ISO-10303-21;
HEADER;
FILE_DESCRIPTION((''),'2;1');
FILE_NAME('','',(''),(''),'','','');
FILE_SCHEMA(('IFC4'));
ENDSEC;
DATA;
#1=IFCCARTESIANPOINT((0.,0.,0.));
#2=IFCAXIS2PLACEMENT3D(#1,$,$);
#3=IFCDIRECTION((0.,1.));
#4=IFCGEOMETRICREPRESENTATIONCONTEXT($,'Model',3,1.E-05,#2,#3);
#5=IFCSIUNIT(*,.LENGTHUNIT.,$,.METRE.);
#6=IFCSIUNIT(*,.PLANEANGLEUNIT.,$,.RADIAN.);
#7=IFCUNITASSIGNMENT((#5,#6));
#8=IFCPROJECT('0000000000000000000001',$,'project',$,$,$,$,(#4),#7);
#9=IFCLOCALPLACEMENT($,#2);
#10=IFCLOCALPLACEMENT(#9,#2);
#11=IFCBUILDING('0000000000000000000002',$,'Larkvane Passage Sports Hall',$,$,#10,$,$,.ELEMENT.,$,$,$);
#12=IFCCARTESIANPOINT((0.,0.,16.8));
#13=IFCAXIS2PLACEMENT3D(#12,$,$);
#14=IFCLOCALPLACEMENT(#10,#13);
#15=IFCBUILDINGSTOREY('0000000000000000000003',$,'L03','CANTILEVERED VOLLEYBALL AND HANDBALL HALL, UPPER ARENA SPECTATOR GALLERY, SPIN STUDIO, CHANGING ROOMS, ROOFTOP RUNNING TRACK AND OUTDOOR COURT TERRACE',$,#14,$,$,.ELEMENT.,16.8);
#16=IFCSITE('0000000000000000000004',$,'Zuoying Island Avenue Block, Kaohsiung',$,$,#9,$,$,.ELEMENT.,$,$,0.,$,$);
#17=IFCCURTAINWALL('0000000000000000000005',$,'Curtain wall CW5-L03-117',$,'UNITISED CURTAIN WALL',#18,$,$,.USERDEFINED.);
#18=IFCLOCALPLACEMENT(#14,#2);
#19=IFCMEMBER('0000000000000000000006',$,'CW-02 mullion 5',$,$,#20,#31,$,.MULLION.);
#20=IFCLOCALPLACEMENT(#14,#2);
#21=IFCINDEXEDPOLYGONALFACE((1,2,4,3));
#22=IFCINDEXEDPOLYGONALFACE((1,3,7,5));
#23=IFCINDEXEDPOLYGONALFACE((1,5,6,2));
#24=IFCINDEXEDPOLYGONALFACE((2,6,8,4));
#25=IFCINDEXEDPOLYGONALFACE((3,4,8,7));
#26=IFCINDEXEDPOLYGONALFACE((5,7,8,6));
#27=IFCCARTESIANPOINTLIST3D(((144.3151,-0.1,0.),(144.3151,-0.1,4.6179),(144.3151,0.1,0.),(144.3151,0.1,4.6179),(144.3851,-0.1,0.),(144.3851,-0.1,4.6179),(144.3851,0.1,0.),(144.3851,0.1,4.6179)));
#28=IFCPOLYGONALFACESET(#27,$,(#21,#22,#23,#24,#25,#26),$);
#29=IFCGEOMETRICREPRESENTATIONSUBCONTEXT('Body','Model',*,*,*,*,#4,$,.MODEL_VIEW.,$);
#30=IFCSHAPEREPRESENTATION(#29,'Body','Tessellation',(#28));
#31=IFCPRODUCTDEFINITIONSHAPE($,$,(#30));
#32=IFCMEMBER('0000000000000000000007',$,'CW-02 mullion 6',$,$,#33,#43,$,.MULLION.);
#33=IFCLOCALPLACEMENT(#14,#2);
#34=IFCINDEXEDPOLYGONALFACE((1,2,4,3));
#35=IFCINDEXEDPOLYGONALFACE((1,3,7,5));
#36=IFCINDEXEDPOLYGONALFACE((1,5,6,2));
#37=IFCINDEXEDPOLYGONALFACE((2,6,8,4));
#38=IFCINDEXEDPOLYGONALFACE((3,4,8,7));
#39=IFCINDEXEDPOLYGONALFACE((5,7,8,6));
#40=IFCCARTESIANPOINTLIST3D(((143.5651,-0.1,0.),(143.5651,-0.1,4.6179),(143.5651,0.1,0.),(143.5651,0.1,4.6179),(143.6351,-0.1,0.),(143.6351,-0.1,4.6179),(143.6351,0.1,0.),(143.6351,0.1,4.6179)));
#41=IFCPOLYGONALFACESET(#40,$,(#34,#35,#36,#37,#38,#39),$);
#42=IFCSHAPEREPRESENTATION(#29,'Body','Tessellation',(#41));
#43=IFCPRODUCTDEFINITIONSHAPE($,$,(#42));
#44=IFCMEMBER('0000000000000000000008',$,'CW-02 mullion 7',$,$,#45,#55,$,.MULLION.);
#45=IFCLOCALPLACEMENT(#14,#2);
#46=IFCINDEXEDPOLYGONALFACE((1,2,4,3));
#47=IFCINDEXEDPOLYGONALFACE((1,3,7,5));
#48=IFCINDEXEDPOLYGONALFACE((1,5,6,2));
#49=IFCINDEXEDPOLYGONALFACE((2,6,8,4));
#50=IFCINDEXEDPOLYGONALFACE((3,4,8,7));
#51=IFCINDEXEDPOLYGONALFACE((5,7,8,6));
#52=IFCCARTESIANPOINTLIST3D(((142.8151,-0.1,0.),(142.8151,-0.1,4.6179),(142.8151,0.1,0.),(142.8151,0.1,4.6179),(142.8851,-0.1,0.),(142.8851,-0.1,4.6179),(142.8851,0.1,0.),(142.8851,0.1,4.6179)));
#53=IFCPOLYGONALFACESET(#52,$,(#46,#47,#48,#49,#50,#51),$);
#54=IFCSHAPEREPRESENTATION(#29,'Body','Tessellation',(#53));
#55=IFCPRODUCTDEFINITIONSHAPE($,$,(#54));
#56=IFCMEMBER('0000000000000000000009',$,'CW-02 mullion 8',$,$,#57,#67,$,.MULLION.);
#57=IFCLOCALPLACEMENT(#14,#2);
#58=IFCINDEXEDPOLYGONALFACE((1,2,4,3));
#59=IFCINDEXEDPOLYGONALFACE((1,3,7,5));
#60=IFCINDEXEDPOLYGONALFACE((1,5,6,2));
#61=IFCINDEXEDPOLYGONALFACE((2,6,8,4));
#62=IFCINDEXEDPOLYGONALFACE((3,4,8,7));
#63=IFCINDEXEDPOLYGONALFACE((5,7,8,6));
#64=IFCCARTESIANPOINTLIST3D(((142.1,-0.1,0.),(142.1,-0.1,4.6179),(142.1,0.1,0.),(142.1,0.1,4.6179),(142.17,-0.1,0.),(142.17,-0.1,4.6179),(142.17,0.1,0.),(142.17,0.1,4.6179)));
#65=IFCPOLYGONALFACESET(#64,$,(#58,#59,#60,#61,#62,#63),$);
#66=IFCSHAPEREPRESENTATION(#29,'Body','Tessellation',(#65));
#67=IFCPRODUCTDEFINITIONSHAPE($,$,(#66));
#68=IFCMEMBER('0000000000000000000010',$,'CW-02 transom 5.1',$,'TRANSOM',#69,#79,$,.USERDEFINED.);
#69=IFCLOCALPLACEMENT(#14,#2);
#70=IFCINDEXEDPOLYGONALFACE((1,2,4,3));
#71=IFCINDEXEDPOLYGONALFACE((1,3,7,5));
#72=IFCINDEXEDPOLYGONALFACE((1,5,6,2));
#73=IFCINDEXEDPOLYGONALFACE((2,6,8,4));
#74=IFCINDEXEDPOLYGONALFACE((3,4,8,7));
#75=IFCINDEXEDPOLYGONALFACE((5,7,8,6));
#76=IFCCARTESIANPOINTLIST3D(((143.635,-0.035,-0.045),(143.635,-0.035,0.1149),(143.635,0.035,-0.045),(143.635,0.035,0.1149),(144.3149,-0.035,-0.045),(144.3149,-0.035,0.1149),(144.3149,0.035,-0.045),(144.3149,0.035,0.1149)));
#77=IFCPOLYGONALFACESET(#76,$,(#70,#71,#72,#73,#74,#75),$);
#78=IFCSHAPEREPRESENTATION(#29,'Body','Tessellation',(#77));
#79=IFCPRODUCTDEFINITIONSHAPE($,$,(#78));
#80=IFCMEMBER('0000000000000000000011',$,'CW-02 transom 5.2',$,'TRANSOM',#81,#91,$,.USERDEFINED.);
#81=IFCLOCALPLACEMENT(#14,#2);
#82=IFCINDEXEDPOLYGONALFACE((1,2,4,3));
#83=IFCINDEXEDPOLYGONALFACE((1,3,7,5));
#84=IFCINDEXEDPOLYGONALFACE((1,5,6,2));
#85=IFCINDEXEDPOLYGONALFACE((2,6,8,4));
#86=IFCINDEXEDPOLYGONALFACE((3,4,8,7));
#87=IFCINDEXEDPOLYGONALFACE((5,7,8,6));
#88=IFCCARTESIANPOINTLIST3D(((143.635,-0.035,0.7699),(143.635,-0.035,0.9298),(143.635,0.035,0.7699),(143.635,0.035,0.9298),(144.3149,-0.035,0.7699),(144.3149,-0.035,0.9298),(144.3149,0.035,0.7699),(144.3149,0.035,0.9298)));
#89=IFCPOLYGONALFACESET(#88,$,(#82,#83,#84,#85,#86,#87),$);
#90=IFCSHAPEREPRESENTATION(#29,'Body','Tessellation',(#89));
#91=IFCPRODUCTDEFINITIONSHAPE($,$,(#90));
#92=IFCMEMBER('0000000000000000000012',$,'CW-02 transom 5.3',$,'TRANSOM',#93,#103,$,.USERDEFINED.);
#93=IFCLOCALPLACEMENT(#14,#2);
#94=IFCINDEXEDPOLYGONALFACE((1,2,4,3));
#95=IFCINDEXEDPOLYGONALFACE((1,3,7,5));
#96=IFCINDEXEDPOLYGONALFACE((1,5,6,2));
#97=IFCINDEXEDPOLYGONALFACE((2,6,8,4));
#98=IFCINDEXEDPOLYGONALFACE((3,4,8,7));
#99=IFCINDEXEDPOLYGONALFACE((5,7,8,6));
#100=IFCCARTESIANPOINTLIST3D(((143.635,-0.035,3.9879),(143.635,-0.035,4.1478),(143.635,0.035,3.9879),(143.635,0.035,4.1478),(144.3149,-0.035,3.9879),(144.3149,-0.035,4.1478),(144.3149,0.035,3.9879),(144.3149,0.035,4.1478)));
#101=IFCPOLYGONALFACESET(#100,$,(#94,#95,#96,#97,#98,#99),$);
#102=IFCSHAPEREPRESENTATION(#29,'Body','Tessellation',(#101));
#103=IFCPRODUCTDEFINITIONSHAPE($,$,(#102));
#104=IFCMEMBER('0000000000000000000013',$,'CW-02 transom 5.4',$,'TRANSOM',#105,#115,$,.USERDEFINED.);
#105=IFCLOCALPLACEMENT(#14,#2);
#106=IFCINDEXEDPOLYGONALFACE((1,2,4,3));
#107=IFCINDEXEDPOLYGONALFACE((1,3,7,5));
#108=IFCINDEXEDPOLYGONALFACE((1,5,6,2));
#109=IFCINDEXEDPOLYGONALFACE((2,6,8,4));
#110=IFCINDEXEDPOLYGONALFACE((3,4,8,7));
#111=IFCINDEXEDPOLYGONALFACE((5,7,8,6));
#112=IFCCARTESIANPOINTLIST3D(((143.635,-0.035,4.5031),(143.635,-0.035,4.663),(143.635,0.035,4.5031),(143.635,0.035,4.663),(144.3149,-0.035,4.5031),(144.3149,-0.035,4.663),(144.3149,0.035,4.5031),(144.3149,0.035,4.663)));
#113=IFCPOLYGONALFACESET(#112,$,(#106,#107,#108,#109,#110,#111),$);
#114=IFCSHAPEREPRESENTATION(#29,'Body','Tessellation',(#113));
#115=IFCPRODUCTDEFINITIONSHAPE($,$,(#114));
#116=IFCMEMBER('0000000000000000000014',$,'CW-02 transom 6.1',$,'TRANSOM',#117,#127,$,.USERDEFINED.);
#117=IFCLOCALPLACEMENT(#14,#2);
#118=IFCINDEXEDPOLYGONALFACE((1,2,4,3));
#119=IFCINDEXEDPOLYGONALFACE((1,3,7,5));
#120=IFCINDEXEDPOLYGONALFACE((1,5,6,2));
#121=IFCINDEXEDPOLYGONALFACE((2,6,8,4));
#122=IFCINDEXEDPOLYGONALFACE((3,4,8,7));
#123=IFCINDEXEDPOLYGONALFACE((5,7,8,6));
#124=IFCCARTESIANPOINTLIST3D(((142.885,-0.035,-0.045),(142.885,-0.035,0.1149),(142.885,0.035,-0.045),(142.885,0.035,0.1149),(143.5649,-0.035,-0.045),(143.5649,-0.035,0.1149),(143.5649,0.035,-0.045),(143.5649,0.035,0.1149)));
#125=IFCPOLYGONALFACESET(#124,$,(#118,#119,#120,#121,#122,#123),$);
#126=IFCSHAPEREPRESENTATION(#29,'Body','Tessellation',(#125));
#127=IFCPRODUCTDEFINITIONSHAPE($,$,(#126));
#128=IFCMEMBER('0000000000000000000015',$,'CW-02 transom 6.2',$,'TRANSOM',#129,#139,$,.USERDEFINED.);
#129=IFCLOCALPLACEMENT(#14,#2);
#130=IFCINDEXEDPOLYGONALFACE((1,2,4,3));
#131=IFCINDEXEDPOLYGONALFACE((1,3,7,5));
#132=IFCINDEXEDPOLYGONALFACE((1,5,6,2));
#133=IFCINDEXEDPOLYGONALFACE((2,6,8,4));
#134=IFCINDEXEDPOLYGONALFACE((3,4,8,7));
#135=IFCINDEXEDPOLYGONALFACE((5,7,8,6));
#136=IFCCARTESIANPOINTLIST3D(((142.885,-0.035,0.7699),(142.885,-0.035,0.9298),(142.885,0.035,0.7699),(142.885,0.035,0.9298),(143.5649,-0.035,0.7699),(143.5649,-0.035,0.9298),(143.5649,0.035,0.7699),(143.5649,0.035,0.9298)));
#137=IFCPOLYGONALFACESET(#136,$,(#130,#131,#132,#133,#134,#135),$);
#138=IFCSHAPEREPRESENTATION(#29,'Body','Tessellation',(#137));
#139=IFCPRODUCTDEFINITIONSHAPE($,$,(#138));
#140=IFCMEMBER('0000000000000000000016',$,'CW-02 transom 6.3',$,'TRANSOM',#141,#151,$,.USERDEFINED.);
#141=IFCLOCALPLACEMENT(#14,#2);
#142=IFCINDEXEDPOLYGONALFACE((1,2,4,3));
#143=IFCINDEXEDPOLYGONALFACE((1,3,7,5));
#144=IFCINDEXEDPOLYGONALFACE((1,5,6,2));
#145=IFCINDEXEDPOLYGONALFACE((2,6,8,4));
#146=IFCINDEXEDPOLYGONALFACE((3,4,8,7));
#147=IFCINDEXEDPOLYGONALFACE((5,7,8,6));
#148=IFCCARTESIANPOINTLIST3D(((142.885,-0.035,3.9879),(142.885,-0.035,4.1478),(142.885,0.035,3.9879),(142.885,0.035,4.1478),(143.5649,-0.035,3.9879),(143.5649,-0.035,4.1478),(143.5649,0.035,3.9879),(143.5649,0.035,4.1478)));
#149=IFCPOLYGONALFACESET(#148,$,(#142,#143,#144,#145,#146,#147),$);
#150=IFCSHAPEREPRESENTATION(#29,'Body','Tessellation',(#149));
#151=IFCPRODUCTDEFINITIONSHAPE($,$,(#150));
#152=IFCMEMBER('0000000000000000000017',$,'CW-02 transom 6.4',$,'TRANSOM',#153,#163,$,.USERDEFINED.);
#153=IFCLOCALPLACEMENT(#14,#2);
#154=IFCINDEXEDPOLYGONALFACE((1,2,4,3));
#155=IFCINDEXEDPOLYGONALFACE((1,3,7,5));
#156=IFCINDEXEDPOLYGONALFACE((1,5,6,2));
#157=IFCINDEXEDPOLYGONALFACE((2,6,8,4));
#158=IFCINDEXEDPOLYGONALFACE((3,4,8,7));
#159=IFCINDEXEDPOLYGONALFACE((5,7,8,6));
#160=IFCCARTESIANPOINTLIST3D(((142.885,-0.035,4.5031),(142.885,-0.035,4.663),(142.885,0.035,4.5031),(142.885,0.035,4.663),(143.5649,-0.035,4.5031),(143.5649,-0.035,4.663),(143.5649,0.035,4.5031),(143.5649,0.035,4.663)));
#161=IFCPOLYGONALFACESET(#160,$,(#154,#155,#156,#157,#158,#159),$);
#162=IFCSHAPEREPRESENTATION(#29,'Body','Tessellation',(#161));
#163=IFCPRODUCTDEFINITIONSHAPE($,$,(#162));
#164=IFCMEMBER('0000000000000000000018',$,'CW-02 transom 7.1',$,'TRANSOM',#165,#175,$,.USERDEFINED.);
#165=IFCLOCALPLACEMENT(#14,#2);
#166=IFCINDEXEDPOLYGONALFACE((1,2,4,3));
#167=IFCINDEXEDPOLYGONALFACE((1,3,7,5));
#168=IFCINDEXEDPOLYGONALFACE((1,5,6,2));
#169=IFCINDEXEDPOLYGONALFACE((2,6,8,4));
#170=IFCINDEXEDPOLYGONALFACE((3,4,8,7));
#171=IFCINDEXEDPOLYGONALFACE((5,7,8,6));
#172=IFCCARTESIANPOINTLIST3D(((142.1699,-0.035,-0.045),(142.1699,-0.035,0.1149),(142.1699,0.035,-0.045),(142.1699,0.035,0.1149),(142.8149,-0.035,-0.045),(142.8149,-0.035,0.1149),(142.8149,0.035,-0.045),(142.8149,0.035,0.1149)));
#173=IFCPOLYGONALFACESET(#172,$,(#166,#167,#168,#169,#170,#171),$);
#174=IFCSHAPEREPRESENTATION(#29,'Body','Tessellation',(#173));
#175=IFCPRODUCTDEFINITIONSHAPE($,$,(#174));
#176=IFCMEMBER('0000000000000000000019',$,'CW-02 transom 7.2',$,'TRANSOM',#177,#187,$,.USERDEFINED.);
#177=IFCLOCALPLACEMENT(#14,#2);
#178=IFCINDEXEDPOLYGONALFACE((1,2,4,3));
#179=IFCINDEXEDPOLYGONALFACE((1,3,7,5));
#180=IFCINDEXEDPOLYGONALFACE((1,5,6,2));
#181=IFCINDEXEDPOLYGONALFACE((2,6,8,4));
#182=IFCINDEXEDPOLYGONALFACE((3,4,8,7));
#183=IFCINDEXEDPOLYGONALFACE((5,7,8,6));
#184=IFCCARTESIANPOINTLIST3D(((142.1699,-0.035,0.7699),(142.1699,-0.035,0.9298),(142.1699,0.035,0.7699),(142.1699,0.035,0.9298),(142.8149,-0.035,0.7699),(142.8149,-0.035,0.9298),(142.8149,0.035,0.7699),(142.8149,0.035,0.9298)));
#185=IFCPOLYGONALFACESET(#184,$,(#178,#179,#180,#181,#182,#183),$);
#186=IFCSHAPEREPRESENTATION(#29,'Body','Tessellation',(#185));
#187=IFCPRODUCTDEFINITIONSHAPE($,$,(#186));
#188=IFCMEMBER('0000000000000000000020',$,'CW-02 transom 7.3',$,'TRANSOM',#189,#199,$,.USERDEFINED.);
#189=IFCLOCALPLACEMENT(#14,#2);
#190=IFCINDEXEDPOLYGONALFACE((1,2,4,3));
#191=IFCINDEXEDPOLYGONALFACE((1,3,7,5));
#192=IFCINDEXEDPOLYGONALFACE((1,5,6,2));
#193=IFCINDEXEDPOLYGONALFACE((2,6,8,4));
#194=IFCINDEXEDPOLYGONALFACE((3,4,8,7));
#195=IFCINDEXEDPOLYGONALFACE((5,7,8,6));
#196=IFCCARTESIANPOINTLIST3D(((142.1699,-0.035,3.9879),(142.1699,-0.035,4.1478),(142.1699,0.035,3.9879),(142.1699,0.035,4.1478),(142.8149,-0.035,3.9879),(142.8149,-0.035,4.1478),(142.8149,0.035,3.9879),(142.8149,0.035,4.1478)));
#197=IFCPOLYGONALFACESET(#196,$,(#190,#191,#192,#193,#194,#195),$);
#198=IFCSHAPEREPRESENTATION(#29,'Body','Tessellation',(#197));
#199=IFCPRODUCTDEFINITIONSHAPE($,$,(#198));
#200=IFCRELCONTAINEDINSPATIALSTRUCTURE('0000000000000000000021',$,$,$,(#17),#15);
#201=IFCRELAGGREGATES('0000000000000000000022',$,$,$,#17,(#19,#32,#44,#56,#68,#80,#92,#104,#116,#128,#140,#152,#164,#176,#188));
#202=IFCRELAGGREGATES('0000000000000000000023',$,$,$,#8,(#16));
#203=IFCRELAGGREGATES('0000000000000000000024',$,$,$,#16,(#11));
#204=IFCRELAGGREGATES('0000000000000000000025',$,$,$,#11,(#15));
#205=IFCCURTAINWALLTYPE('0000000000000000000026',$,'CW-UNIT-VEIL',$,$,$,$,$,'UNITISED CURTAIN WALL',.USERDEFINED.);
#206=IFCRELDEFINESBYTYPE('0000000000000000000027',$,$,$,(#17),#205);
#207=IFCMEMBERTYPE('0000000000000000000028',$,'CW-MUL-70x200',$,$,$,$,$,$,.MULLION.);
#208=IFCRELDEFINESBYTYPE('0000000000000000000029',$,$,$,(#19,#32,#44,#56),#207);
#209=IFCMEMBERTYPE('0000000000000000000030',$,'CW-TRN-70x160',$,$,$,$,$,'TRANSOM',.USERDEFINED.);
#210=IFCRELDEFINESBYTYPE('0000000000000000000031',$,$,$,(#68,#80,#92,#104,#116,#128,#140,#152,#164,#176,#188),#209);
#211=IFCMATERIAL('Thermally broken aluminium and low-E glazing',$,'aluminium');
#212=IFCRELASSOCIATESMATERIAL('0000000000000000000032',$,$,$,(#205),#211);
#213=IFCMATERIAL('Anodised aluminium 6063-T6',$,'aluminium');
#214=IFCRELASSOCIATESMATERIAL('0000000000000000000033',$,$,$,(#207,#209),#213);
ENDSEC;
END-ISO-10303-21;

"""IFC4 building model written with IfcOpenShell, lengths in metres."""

from ifc_helpers import new_model, si_unit, direction, frame, origin, origin_2d, place, context, subcontext, project, spatial, rectangle, extrude, material, material_profile, profile_set, type_object, element, aggregate, save


model = new_model("IFC4")

# Units and contexts
model_context = context("Model", 3, precision=1e-05, world=origin(), true_north=direction((0.0, 1.0)))
body_context = subcontext(model_context, "Body", "Model", "MODEL_VIEW")
ifc_project = project(units=[si_unit("LENGTHUNIT", "METRE"), si_unit("PLANEANGLEUNIT", "RADIAN")], contexts=[model_context])

# Site, building, storey
site_placement = place(None, origin())
site = spatial("IfcSite", under=ifc_project, at=site_placement, Name="Zuoying Island Avenue Block, Kaohsiung", CompositionType="ELEMENT", RefElevation=0.0)
building_placement = place(site_placement, origin())
building = spatial("IfcBuilding", under=site, at=building_placement, Name="Larkvane Passage Sports Hall", CompositionType="ELEMENT")
storey_placement = place(building_placement, frame((0.0, 0.0, 16.8)))
storey = spatial("IfcBuildingStorey", under=building, at=storey_placement, Name="L03", Description="CANTILEVERED VOLLEYBALL AND HANDBALL HALL, UPPER ARENA SPECTATOR GALLERY, SPIN STUDIO, CHANGING ROOMS, ROOFTOP RUNNING TRACK AND OUTDOOR COURT TERRACE", CompositionType="ELEMENT", Elevation=16.8)

# Curtain wall, members
ifc_material_1 = material(Name="Thermally broken aluminium and low-E glazing", Category="aluminium")
curtain_wall_type = type_object("IfcCurtainWallType", Name="CW-UNIT-VEIL", ElementType="UNITISED CURTAIN WALL", PredefinedType="USERDEFINED", material=ifc_material_1)
curtain_wall_placement = place(storey_placement, origin())
curtain_wall = element("IfcCurtainWall", 1, at=curtain_wall_placement, inside=storey, type_object=curtain_wall_type, Name="Curtain wall CW5-L03-117", ObjectType="UNITISED CURTAIN WALL", PredefinedType="USERDEFINED")
ifc_material_2 = material(Name="Anodised aluminium 6063-T6", Category="aluminium")
ifc_material_profile_1 = material_profile(ifc_material_2, rectangle(XDim=0.0701, YDim=0.2, at=origin_2d()), Name="ALU-MUL-70x200")
ifc_profile_set_1 = profile_set([ifc_material_profile_1], Name="Anodised aluminium 6063-T6")
member_type_1 = type_object("IfcMemberType", Name="CW-MUL-70x200", PredefinedType="MULLION", material=ifc_profile_set_1)
member_1_placement = place(storey_placement, frame((144.3501, 0.0, 0.0), z_axis=(0.0, 0.0, 1.0), x_axis=(-1.0, 0.0, 0.0)))
member_1 = element("IfcMember", 2, at=member_1_placement, type_object=member_type_1, Name="CW-02 mullion 5", PredefinedType="MULLION", context=body_context, shape_type="SweptSolid", body=[
    extrude(rectangle(XDim=0.0701, YDim=0.2, at=origin_2d()), origin(), (0.0, 0.0, 1.0), 4.6179),
])
member_2_placement = place(storey_placement, frame((143.6001, 0.0, 0.0), z_axis=(0.0, 0.0, 1.0), x_axis=(-1.0, 0.0, 0.0)))
member_2 = element("IfcMember", 3, at=member_2_placement, type_object=member_type_1, Name="CW-02 mullion 6", PredefinedType="MULLION", context=body_context, shape_type="SweptSolid", body=[
    extrude(rectangle(XDim=0.0701, YDim=0.2, at=origin_2d()), origin(), (0.0, 0.0, 1.0), 4.6179),
])
member_3_placement = place(storey_placement, frame((142.8501, 0.0, 0.0), z_axis=(0.0, 0.0, 1.0), x_axis=(-1.0, 0.0, 0.0)))
member_3 = element("IfcMember", 4, at=member_3_placement, type_object=member_type_1, Name="CW-02 mullion 7", PredefinedType="MULLION", context=body_context, shape_type="SweptSolid", body=[
    extrude(rectangle(XDim=0.0701, YDim=0.2, at=origin_2d()), origin(), (0.0, 0.0, 1.0), 4.6179),
])
member_4_placement = place(storey_placement, frame((142.135, 0.0, 0.0), z_axis=(0.0, 0.0, 1.0), x_axis=(-1.0, 0.0, 0.0)))
member_4 = element("IfcMember", 5, at=member_4_placement, type_object=member_type_1, Name="CW-02 mullion 8", PredefinedType="MULLION", context=body_context, shape_type="SweptSolid", body=[
    extrude(rectangle(XDim=0.0701, YDim=0.2, at=origin_2d()), origin(), (0.0, 0.0, 1.0), 4.6179),
])
ifc_material_profile_2 = material_profile(ifc_material_2, rectangle(XDim=0.0701, YDim=0.1599, at=origin_2d()), Name="ALU-TRN-70x160")
ifc_profile_set_2 = profile_set([ifc_material_profile_2], Name="Anodised aluminium 6063-T6")
member_type_2 = type_object("IfcMemberType", Name="CW-TRN-70x160", ElementType="TRANSOM", PredefinedType="USERDEFINED", material=ifc_profile_set_2)
member_5_placement = place(storey_placement, frame((144.3149, 0.0, 0.0349), z_axis=(-1.0, 0.0, 0.0), x_axis=(0.0, -1.0, 0.0)))
member_5 = element("IfcMember", 6, at=member_5_placement, type_object=member_type_2, Name="CW-02 transom 5.1", ObjectType="TRANSOM", PredefinedType="USERDEFINED", context=body_context, shape_type="SweptSolid", body=[
    extrude(rectangle(XDim=0.0701, YDim=0.1599, at=origin_2d()), origin(), (0.0, 0.0, 1.0), 0.6799),
])
member_6_placement = place(storey_placement, frame((144.3149, 0.0, 0.8499), z_axis=(-1.0, 0.0, 0.0), x_axis=(0.0, -1.0, 0.0)))
member_6 = element("IfcMember", 7, at=member_6_placement, type_object=member_type_2, Name="CW-02 transom 5.2", ObjectType="TRANSOM", PredefinedType="USERDEFINED", context=body_context, shape_type="SweptSolid", body=[
    extrude(rectangle(XDim=0.0701, YDim=0.1599, at=origin_2d()), origin(), (0.0, 0.0, 1.0), 0.6799),
])
member_7_placement = place(storey_placement, frame((144.3149, 0.0, 4.0679), z_axis=(-1.0, 0.0, 0.0), x_axis=(0.0, -1.0, 0.0)))
member_7 = element("IfcMember", 8, at=member_7_placement, type_object=member_type_2, Name="CW-02 transom 5.3", ObjectType="TRANSOM", PredefinedType="USERDEFINED", context=body_context, shape_type="SweptSolid", body=[
    extrude(rectangle(XDim=0.0701, YDim=0.1599, at=origin_2d()), origin(), (0.0, 0.0, 1.0), 0.6799),
])
member_8_placement = place(storey_placement, frame((144.3149, 0.0, 4.583), z_axis=(-1.0, 0.0, 0.0), x_axis=(0.0, -1.0, 0.0)))
member_8 = element("IfcMember", 9, at=member_8_placement, type_object=member_type_2, Name="CW-02 transom 5.4", ObjectType="TRANSOM", PredefinedType="USERDEFINED", context=body_context, shape_type="SweptSolid", body=[
    extrude(rectangle(XDim=0.0701, YDim=0.1599, at=origin_2d()), origin(), (0.0, 0.0, 1.0), 0.6799),
])
member_9_placement = place(storey_placement, frame((143.5649, 0.0, 0.0349), z_axis=(-1.0, 0.0, 0.0), x_axis=(0.0, -1.0, 0.0)))
member_9 = element("IfcMember", 10, at=member_9_placement, type_object=member_type_2, Name="CW-02 transom 6.1", ObjectType="TRANSOM", PredefinedType="USERDEFINED", context=body_context, shape_type="SweptSolid", body=[
    extrude(rectangle(XDim=0.0701, YDim=0.1599, at=origin_2d()), origin(), (0.0, 0.0, 1.0), 0.6799),
])
member_10_placement = place(storey_placement, frame((143.5649, 0.0, 0.8499), z_axis=(-1.0, 0.0, 0.0), x_axis=(0.0, -1.0, 0.0)))
member_10 = element("IfcMember", 11, at=member_10_placement, type_object=member_type_2, Name="CW-02 transom 6.2", ObjectType="TRANSOM", PredefinedType="USERDEFINED", context=body_context, shape_type="SweptSolid", body=[
    extrude(rectangle(XDim=0.0701, YDim=0.1599, at=origin_2d()), origin(), (0.0, 0.0, 1.0), 0.6799),
])
member_11_placement = place(storey_placement, frame((143.5649, 0.0, 4.0679), z_axis=(-1.0, 0.0, 0.0), x_axis=(0.0, -1.0, 0.0)))
member_11 = element("IfcMember", 12, at=member_11_placement, type_object=member_type_2, Name="CW-02 transom 6.3", ObjectType="TRANSOM", PredefinedType="USERDEFINED", context=body_context, shape_type="SweptSolid", body=[
    extrude(rectangle(XDim=0.0701, YDim=0.1599, at=origin_2d()), origin(), (0.0, 0.0, 1.0), 0.6799),
])
member_12_placement = place(storey_placement, frame((143.5649, 0.0, 4.583), z_axis=(-1.0, 0.0, 0.0), x_axis=(0.0, -1.0, 0.0)))
member_12 = element("IfcMember", 13, at=member_12_placement, type_object=member_type_2, Name="CW-02 transom 6.4", ObjectType="TRANSOM", PredefinedType="USERDEFINED", context=body_context, shape_type="SweptSolid", body=[
    extrude(rectangle(XDim=0.0701, YDim=0.1599, at=origin_2d()), origin(), (0.0, 0.0, 1.0), 0.6799),
])
member_13_placement = place(storey_placement, frame((142.8149, 0.0, 0.0349), z_axis=(-1.0, 0.0, 0.0), x_axis=(0.0, -1.0, 0.0)))
member_13 = element("IfcMember", 14, at=member_13_placement, type_object=member_type_2, Name="CW-02 transom 7.1", ObjectType="TRANSOM", PredefinedType="USERDEFINED", context=body_context, shape_type="SweptSolid", body=[
    extrude(rectangle(XDim=0.0701, YDim=0.1599, at=origin_2d()), origin(), (0.0, 0.0, 1.0), 0.645),
])
member_14_placement = place(storey_placement, frame((142.8149, 0.0, 0.8499), z_axis=(-1.0, 0.0, 0.0), x_axis=(0.0, -1.0, 0.0)))
member_14 = element("IfcMember", 15, at=member_14_placement, type_object=member_type_2, Name="CW-02 transom 7.2", ObjectType="TRANSOM", PredefinedType="USERDEFINED", context=body_context, shape_type="SweptSolid", body=[
    extrude(rectangle(XDim=0.0701, YDim=0.1599, at=origin_2d()), origin(), (0.0, 0.0, 1.0), 0.645),
])
member_15_placement = place(storey_placement, frame((142.8149, 0.0, 4.0679), z_axis=(-1.0, 0.0, 0.0), x_axis=(0.0, -1.0, 0.0)))
member_15 = element("IfcMember", 16, at=member_15_placement, type_object=member_type_2, Name="CW-02 transom 7.3", ObjectType="TRANSOM", PredefinedType="USERDEFINED", context=body_context, shape_type="SweptSolid", body=[
    extrude(rectangle(XDim=0.0701, YDim=0.1599, at=origin_2d()), origin(), (0.0, 0.0, 1.0), 0.645),
])
aggregate(curtain_wall, [member_1, member_2, member_3, member_4, member_5, member_6, member_7, member_8, member_9, member_10, member_11, member_12, member_13, member_14, member_15])

save(model, "model.ifc")
